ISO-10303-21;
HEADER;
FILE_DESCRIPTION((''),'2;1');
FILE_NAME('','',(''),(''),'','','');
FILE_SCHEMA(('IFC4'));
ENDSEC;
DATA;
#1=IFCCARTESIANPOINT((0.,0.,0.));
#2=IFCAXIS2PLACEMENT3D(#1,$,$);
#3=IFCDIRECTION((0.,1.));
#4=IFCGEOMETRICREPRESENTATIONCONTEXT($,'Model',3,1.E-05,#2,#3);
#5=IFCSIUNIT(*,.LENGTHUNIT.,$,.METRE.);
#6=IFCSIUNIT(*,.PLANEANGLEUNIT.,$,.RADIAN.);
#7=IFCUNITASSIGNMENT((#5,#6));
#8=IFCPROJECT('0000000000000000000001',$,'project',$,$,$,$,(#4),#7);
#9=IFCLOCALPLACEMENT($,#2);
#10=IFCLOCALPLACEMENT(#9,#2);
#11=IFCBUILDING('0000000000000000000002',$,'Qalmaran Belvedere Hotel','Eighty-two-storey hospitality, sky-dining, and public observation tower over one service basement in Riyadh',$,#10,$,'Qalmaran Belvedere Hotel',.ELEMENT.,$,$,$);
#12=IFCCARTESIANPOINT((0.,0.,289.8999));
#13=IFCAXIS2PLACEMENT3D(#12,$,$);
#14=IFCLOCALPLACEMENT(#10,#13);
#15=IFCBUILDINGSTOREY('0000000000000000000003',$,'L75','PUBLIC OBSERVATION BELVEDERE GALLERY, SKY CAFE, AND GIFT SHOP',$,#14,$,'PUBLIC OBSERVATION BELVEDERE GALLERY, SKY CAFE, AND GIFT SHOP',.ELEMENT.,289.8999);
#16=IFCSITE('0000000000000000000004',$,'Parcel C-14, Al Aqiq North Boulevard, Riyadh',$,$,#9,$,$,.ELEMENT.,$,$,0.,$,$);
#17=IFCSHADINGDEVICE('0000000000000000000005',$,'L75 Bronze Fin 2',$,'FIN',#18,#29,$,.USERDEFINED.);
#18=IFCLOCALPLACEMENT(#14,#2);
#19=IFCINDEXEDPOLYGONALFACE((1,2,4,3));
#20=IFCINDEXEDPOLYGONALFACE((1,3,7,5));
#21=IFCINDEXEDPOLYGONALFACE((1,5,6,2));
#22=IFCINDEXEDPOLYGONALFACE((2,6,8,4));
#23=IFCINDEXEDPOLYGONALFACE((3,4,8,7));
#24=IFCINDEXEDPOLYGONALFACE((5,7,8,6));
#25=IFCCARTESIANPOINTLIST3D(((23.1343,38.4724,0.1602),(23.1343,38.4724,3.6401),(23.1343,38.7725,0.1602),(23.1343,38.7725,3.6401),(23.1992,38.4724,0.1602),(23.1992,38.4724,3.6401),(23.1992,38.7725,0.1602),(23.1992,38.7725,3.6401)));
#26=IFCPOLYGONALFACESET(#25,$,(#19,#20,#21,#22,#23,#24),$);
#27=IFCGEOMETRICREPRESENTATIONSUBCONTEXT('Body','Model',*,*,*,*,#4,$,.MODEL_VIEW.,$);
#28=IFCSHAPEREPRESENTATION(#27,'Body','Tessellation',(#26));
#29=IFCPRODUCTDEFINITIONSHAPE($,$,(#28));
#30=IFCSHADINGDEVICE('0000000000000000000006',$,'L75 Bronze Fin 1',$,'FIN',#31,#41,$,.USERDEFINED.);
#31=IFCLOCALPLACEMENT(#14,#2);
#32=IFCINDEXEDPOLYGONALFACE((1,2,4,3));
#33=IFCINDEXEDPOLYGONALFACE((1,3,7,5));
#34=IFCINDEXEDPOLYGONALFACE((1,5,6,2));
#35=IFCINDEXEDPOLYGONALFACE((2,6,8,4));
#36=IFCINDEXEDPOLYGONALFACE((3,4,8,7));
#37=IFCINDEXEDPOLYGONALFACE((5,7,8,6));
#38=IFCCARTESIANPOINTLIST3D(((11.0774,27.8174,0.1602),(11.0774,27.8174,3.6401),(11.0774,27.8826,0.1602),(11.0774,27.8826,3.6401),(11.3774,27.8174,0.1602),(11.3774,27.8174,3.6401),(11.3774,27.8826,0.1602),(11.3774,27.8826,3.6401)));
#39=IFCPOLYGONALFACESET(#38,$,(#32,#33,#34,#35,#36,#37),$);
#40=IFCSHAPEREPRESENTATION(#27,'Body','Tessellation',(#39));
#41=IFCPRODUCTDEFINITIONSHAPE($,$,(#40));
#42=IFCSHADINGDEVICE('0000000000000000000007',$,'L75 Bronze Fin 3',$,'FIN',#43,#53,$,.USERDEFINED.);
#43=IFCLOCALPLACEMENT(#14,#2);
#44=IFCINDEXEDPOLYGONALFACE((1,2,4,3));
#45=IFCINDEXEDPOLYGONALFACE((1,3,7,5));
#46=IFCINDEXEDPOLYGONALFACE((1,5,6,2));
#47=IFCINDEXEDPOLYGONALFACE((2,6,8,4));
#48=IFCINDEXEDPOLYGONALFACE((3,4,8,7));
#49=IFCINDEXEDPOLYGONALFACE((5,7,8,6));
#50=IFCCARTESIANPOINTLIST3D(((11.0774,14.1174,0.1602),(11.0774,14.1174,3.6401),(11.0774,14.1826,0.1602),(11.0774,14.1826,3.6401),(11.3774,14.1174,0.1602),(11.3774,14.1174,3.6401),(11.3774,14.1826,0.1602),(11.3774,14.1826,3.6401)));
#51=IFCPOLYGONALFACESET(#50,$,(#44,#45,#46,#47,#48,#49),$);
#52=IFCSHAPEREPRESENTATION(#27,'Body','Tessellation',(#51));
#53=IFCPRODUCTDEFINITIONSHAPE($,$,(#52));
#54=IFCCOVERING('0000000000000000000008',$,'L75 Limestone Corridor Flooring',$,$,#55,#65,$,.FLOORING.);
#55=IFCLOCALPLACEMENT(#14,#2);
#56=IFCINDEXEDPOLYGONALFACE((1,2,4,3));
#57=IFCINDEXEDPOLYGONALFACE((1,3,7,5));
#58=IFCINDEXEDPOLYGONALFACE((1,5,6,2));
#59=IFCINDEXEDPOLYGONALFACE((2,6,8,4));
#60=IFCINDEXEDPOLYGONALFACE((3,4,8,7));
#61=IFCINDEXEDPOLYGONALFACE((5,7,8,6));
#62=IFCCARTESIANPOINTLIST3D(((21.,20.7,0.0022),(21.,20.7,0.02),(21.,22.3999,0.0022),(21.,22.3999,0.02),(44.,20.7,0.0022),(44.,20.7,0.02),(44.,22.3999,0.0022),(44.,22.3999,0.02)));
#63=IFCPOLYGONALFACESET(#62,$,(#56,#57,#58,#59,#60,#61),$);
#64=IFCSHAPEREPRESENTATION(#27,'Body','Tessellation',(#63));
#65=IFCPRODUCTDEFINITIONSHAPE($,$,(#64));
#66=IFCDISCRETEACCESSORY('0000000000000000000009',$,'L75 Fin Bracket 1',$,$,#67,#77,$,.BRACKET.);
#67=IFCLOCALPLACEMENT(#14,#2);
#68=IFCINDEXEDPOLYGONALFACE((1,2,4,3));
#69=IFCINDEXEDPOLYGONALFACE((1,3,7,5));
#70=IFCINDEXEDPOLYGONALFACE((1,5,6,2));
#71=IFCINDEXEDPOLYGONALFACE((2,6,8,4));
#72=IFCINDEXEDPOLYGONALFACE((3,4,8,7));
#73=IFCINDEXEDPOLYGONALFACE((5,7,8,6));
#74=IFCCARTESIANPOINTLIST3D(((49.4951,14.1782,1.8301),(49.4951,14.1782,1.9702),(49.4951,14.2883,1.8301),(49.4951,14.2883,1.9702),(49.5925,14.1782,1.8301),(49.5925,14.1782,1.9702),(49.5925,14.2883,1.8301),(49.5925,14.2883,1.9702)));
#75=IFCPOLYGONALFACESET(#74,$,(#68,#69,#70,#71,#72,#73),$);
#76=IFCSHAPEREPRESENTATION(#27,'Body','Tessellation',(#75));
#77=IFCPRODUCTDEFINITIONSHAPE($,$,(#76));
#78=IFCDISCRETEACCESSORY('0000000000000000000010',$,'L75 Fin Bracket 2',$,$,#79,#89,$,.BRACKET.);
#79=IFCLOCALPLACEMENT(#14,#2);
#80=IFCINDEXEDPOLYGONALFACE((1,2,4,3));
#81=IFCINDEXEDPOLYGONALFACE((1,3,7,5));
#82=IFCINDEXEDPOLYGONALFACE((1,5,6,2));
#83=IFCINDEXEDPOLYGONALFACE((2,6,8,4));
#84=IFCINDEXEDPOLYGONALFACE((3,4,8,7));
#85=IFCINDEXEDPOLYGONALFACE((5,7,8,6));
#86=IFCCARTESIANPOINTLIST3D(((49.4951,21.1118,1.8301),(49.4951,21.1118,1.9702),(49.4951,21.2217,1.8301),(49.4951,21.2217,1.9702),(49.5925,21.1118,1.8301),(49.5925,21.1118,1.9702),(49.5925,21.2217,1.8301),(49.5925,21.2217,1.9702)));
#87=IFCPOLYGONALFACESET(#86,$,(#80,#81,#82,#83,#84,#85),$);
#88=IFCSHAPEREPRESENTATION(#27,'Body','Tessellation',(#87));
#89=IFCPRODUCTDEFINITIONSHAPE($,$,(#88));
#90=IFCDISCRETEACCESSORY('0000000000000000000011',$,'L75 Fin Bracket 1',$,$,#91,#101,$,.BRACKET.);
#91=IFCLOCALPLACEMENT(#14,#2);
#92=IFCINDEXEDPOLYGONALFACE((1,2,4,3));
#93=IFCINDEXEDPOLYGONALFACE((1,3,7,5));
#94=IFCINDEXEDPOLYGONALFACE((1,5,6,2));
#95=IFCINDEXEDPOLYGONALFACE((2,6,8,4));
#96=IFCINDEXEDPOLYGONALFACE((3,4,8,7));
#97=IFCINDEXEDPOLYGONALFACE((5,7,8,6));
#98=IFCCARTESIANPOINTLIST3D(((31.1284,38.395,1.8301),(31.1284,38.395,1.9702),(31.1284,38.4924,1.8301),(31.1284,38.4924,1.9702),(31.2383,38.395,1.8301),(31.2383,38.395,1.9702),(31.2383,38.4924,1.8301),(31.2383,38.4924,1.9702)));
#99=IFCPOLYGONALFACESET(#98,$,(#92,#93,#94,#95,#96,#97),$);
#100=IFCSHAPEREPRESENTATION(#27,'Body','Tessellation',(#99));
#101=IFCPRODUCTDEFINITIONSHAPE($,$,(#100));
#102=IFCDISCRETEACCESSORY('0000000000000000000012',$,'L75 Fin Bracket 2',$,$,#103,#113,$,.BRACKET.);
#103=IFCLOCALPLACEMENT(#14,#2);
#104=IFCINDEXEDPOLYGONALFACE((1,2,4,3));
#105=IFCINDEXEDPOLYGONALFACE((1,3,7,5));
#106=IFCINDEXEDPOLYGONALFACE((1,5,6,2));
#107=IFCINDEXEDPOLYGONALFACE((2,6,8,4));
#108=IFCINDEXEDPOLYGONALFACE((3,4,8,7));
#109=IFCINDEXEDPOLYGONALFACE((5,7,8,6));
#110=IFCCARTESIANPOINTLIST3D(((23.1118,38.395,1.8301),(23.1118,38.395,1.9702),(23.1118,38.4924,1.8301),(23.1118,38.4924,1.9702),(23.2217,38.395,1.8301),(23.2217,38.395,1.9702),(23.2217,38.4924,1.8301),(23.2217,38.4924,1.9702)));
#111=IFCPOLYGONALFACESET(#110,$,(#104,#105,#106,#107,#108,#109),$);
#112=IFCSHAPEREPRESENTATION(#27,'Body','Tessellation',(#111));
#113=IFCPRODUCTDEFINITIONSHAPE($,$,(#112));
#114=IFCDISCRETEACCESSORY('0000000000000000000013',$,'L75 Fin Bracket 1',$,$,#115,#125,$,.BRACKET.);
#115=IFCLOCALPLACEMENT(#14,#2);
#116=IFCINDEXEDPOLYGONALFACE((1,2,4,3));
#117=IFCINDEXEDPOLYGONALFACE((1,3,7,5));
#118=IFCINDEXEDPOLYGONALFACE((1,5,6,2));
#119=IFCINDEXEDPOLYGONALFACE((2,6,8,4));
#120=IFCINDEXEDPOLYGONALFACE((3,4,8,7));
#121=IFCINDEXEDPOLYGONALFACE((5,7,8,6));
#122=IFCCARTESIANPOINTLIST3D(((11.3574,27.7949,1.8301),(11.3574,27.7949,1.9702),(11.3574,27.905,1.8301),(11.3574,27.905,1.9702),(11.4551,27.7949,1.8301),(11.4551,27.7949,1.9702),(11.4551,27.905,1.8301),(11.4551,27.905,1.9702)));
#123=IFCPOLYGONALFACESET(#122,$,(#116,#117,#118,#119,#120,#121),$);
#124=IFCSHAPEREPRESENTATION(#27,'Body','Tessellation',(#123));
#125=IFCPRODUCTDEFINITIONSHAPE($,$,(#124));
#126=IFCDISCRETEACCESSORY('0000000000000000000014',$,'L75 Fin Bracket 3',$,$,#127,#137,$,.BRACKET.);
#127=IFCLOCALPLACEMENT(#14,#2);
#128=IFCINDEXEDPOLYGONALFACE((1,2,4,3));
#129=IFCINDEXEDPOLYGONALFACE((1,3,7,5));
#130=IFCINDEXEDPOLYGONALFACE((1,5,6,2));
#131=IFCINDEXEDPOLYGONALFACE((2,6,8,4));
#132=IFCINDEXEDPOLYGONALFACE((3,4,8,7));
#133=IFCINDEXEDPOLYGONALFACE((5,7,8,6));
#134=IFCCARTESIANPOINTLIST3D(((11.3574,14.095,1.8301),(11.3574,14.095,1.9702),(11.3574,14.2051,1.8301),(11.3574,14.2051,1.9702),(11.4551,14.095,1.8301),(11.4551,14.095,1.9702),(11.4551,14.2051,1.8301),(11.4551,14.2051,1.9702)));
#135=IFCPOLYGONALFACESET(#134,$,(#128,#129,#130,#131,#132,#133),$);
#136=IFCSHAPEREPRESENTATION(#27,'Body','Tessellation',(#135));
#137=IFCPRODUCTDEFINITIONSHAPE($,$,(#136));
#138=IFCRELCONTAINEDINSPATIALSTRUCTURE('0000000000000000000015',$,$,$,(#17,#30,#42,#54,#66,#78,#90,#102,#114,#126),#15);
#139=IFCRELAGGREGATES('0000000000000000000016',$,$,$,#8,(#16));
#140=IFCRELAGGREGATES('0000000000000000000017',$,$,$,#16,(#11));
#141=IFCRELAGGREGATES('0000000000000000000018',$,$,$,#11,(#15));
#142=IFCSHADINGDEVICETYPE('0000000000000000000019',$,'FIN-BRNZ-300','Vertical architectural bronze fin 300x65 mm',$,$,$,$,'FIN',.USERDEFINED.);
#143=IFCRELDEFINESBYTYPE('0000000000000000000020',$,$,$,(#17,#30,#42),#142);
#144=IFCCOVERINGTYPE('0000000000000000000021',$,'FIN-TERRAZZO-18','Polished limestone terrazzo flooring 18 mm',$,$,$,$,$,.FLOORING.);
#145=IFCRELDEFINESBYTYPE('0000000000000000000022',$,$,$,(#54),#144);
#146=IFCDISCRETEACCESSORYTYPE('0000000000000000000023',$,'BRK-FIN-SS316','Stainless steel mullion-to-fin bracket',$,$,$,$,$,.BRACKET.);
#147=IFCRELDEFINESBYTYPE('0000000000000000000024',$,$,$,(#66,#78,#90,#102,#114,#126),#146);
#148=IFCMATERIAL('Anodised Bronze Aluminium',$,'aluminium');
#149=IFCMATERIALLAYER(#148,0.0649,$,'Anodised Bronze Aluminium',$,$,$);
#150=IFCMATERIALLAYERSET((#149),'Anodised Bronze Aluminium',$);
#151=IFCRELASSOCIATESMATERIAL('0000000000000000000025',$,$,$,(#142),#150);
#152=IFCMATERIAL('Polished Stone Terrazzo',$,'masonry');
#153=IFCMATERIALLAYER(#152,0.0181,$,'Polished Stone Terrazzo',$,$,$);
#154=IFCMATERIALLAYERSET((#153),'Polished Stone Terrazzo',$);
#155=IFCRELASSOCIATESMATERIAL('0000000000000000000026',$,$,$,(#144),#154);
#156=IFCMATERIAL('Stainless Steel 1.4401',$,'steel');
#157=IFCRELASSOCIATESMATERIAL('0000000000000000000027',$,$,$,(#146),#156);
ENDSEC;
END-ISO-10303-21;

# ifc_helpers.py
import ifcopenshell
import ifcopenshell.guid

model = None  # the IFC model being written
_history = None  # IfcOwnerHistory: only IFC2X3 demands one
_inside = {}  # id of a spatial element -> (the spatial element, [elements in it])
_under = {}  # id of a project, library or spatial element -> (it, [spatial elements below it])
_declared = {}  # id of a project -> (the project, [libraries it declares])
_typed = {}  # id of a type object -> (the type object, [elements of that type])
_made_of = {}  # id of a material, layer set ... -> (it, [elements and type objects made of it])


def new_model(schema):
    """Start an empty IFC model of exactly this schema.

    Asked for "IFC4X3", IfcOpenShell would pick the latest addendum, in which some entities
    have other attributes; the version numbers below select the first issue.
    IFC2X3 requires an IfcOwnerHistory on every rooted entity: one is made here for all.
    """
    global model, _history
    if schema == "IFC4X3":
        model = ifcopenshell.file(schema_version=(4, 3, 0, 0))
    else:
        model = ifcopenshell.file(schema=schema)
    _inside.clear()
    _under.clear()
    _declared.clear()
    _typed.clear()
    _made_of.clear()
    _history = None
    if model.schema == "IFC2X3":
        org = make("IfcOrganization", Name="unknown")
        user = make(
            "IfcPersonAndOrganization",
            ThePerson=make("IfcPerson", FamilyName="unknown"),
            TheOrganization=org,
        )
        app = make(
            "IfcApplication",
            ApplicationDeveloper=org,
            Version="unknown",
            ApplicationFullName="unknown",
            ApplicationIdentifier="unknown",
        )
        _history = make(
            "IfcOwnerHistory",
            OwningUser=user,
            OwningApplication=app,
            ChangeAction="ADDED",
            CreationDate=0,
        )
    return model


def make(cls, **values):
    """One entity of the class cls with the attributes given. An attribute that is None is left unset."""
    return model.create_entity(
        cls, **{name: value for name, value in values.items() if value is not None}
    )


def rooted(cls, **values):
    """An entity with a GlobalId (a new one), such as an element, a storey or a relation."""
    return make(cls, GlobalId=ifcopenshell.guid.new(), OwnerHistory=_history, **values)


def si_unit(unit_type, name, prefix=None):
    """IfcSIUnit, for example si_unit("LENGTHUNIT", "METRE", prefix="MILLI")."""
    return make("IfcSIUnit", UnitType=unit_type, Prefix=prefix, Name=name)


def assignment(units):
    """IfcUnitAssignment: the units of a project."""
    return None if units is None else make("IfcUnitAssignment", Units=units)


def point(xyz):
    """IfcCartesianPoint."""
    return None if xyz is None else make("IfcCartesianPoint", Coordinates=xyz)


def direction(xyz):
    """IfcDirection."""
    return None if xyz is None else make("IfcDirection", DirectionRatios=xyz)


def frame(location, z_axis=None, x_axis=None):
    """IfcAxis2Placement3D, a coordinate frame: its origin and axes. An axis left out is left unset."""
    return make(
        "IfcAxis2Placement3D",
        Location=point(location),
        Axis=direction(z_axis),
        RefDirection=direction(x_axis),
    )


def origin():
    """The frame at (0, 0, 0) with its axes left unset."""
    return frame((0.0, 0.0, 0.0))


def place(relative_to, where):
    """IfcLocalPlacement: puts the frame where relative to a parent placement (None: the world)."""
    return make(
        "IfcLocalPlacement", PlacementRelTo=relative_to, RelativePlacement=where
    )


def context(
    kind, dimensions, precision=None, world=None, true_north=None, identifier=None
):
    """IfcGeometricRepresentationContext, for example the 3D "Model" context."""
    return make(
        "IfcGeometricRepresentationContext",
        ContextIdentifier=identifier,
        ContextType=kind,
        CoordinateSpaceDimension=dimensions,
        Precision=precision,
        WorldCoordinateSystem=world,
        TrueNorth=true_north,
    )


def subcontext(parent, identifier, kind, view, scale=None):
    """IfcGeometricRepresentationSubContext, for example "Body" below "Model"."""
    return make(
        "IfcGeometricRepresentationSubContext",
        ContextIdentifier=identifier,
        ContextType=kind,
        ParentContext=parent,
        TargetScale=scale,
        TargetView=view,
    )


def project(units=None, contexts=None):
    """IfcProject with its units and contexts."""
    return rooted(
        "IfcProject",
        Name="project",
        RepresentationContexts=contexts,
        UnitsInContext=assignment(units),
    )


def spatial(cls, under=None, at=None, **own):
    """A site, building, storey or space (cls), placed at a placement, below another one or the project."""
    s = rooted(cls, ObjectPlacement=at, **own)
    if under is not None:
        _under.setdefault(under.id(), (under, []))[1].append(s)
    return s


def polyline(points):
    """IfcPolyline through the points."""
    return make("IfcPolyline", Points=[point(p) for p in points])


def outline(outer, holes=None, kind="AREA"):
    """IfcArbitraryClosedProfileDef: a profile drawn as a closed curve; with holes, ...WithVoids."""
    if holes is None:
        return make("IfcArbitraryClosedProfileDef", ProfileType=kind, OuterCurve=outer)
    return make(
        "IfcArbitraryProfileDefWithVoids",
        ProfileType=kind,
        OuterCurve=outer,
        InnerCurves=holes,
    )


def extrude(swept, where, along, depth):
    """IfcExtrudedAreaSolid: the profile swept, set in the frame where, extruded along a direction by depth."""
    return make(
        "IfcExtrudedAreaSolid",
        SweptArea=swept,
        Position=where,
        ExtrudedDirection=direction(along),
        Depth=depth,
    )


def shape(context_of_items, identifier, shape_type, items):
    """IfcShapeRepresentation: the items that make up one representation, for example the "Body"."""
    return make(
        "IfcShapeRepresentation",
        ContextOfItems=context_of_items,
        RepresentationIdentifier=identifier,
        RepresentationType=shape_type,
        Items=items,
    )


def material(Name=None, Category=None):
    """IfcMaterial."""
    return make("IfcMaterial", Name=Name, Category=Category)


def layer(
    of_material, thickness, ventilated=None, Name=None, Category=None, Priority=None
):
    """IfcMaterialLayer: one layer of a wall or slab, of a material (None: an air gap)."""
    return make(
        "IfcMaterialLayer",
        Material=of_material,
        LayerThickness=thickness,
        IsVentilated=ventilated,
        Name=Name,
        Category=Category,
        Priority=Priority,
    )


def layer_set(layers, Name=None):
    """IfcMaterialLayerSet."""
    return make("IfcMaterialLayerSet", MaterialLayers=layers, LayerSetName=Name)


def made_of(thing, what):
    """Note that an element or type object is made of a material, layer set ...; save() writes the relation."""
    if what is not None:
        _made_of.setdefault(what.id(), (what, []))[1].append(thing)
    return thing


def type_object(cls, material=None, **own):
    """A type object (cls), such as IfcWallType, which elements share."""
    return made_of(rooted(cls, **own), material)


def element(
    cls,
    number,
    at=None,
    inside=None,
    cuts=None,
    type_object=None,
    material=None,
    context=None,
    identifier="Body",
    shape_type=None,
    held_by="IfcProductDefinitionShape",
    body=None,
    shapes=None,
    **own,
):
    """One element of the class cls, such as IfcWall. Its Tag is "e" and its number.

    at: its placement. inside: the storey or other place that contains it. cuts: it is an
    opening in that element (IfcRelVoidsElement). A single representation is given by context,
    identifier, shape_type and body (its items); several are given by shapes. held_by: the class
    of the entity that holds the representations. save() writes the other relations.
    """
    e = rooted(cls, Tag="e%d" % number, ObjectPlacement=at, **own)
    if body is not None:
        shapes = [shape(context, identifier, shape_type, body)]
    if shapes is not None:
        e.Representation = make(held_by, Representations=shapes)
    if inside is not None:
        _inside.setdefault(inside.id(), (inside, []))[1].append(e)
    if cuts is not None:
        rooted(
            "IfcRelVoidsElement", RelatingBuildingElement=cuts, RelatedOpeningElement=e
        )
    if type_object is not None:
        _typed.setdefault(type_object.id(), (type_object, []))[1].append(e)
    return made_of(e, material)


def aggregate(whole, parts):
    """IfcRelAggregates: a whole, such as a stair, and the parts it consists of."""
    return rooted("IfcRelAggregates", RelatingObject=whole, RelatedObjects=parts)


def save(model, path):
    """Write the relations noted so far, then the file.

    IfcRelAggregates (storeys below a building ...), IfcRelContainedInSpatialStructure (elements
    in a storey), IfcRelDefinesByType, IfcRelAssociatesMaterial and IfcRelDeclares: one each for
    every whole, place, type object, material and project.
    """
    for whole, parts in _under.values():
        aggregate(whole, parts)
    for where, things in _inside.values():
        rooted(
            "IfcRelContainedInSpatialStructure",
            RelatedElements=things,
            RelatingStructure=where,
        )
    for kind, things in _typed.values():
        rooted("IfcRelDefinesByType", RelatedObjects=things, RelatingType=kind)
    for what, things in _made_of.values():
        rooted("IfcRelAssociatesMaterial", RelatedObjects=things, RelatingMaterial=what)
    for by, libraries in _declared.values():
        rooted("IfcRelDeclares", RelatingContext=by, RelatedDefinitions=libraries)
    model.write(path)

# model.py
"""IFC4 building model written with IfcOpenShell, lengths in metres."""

from ifc_helpers import new_model, si_unit, direction, frame, origin, place, context, subcontext, project, spatial, polyline, outline, extrude, material, layer, layer_set, type_object, element, save


model = new_model("IFC4")

# Units and contexts
model_context = context("Model", 3, precision=1e-05, world=origin(), true_north=direction((0.0, 1.0)))
body_context = subcontext(model_context, "Body", "Model", "MODEL_VIEW")
ifc_project = project(units=[si_unit("LENGTHUNIT", "METRE"), si_unit("PLANEANGLEUNIT", "RADIAN")], contexts=[model_context])

# Site, building, storey
site_placement = place(None, origin())
site = spatial("IfcSite", under=ifc_project, at=site_placement, Name="Parcel C-14, Al Aqiq North Boulevard, Riyadh", CompositionType="ELEMENT", RefElevation=0.0)
building_placement = place(site_placement, origin())
building = spatial("IfcBuilding", under=site, at=building_placement, Name="Qalmaran Belvedere Hotel", Description="Eighty-two-storey hospitality, sky-dining, and public observation tower over one service basement in Riyadh", LongName="Qalmaran Belvedere Hotel", CompositionType="ELEMENT")
storey_placement = place(building_placement, frame((0.0, 0.0, 289.8999)))
storey = spatial("IfcBuildingStorey", under=building, at=storey_placement, Name="L75", Description="PUBLIC OBSERVATION BELVEDERE GALLERY, SKY CAFE, AND GIFT SHOP", LongName="PUBLIC OBSERVATION BELVEDERE GALLERY, SKY CAFE, AND GIFT SHOP", CompositionType="ELEMENT", Elevation=289.8999)

# Shared definitions
ifc_material_1 = material(Name="Anodised Bronze Aluminium", Category="aluminium")

# Shading devices
ifc_layer_1 = layer(ifc_material_1, 0.0649, Name="Anodised Bronze Aluminium")
ifc_layer_set_1 = layer_set([ifc_layer_1], Name="Anodised Bronze Aluminium")
shading_device_type = type_object("IfcShadingDeviceType", Name="FIN-BRNZ-300", Description="Vertical architectural bronze fin 300x65 mm", ElementType="FIN", PredefinedType="USERDEFINED", material=ifc_layer_set_1)
shading_device_1_placement = place(storey_placement, frame((0.0, 0.0, 0.1602)))
element("IfcShadingDevice", 1, at=shading_device_1_placement, inside=storey, type_object=shading_device_type, Name="L75 Bronze Fin 2", ObjectType="FIN", PredefinedType="USERDEFINED", context=body_context, shape_type="SweptSolid", body=[
    extrude(outline(polyline([(23.1992, 38.4724), (23.1992, 38.7725), (23.1343, 38.7725), (23.1343, 38.4724), (23.1992, 38.4724)])), origin(), (0.0, 0.0, 1.0), 3.48),
])
shading_device_2_placement = place(storey_placement, frame((0.0, 0.0, 0.1602)))
element("IfcShadingDevice", 2, at=shading_device_2_placement, inside=storey, type_object=shading_device_type, Name="L75 Bronze Fin 1", ObjectType="FIN", PredefinedType="USERDEFINED", context=body_context, shape_type="SweptSolid", body=[
    extrude(outline(polyline([(11.3774, 27.8826), (11.0774, 27.8826), (11.0774, 27.8174), (11.3774, 27.8174), (11.3774, 27.8826)])), origin(), (0.0, 0.0, 1.0), 3.48),
])
shading_device_3_placement = place(storey_placement, frame((0.0, 0.0, 0.1602)))
element("IfcShadingDevice", 3, at=shading_device_3_placement, inside=storey, type_object=shading_device_type, Name="L75 Bronze Fin 3", ObjectType="FIN", PredefinedType="USERDEFINED", context=body_context, shape_type="SweptSolid", body=[
    extrude(outline(polyline([(11.3774, 14.1826), (11.0774, 14.1826), (11.0774, 14.1174), (11.3774, 14.1174), (11.3774, 14.1826)])), origin(), (0.0, 0.0, 1.0), 3.48),
])

# Covering
ifc_material_2 = material(Name="Polished Stone Terrazzo", Category="masonry")
ifc_layer_2 = layer(ifc_material_2, 0.0181, Name="Polished Stone Terrazzo")
ifc_layer_set_2 = layer_set([ifc_layer_2], Name="Polished Stone Terrazzo")
covering_type_1 = type_object("IfcCoveringType", Name="FIN-TERRAZZO-18", Description="Polished limestone terrazzo flooring 18 mm", PredefinedType="FLOORING", material=ifc_layer_set_2)
covering_1_placement = place(storey_placement, frame((0.0, 0.0, 0.0022)))
element("IfcCovering", 4, at=covering_1_placement, inside=storey, type_object=covering_type_1, Name="L75 Limestone Corridor Flooring", PredefinedType="FLOORING", context=body_context, shape_type="SweptSolid", body=[
    extrude(outline(polyline([(21.0, 20.7), (44.0, 20.7), (44.0, 22.3999), (21.0, 22.3999), (21.0, 20.7)])), origin(), (0.0, 0.0, 1.0), 0.0178),
])

# Discrete accessories
ifc_material_3 = material(Name="Stainless Steel 1.4401", Category="steel")
discrete_accessory_type = type_object("IfcDiscreteAccessoryType", Name="BRK-FIN-SS316", Description="Stainless steel mullion-to-fin bracket", PredefinedType="BRACKET", material=ifc_material_3)
discrete_accessory_1_placement = place(storey_placement, frame((0.0, 0.0, 1.8301)))
element("IfcDiscreteAccessory", 5, at=discrete_accessory_1_placement, inside=storey, type_object=discrete_accessory_type, Name="L75 Fin Bracket 1", PredefinedType="BRACKET", context=body_context, shape_type="SweptSolid", body=[
    extrude(outline(polyline([(49.4951, 14.1782), (49.5925, 14.1782), (49.5925, 14.2883), (49.4951, 14.2883), (49.4951, 14.1782)])), origin(), (0.0, 0.0, 1.0), 0.1401),
])
discrete_accessory_2_placement = place(storey_placement, frame((0.0, 0.0, 1.8301)))
element("IfcDiscreteAccessory", 6, at=discrete_accessory_2_placement, inside=storey, type_object=discrete_accessory_type, Name="L75 Fin Bracket 2", PredefinedType="BRACKET", context=body_context, shape_type="SweptSolid", body=[
    extrude(outline(polyline([(49.4951, 21.1118), (49.5925, 21.1118), (49.5925, 21.2217), (49.4951, 21.2217), (49.4951, 21.1118)])), origin(), (0.0, 0.0, 1.0), 0.1401),
])
discrete_accessory_3_placement = place(storey_placement, frame((0.0, 0.0, 1.8301)))
element("IfcDiscreteAccessory", 7, at=discrete_accessory_3_placement, inside=storey, type_object=discrete_accessory_type, Name="L75 Fin Bracket 1", PredefinedType="BRACKET", context=body_context, shape_type="SweptSolid", body=[
    extrude(outline(polyline([(31.2383, 38.395), (31.2383, 38.4924), (31.1284, 38.4924), (31.1284, 38.395), (31.2383, 38.395)])), origin(), (0.0, 0.0, 1.0), 0.1401),
])
discrete_accessory_4_placement = place(storey_placement, frame((0.0, 0.0, 1.8301)))
element("IfcDiscreteAccessory", 8, at=discrete_accessory_4_placement, inside=storey, type_object=discrete_accessory_type, Name="L75 Fin Bracket 2", PredefinedType="BRACKET", context=body_context, shape_type="SweptSolid", body=[
    extrude(outline(polyline([(23.2217, 38.395), (23.2217, 38.4924), (23.1118, 38.4924), (23.1118, 38.395), (23.2217, 38.395)])), origin(), (0.0, 0.0, 1.0), 0.1401),
])
discrete_accessory_5_placement = place(storey_placement, frame((0.0, 0.0, 1.8301)))
element("IfcDiscreteAccessory", 9, at=discrete_accessory_5_placement, inside=storey, type_object=discrete_accessory_type, Name="L75 Fin Bracket 1", PredefinedType="BRACKET", context=body_context, shape_type="SweptSolid", body=[
    extrude(outline(polyline([(11.4551, 27.905), (11.3574, 27.905), (11.3574, 27.7949), (11.4551, 27.7949), (11.4551, 27.905)])), origin(), (0.0, 0.0, 1.0), 0.1401),
])
discrete_accessory_6_placement = place(storey_placement, frame((0.0, 0.0, 1.8301)))
element("IfcDiscreteAccessory", 10, at=discrete_accessory_6_placement, inside=storey, type_object=discrete_accessory_type, Name="L75 Fin Bracket 3", PredefinedType="BRACKET", context=body_context, shape_type="SweptSolid", body=[
    extrude(outline(polyline([(11.4551, 14.2051), (11.3574, 14.2051), (11.3574, 14.095), (11.4551, 14.095), (11.4551, 14.2051)])), origin(), (0.0, 0.0, 1.0), 0.1401),
])

save(model, "model.ifc")
